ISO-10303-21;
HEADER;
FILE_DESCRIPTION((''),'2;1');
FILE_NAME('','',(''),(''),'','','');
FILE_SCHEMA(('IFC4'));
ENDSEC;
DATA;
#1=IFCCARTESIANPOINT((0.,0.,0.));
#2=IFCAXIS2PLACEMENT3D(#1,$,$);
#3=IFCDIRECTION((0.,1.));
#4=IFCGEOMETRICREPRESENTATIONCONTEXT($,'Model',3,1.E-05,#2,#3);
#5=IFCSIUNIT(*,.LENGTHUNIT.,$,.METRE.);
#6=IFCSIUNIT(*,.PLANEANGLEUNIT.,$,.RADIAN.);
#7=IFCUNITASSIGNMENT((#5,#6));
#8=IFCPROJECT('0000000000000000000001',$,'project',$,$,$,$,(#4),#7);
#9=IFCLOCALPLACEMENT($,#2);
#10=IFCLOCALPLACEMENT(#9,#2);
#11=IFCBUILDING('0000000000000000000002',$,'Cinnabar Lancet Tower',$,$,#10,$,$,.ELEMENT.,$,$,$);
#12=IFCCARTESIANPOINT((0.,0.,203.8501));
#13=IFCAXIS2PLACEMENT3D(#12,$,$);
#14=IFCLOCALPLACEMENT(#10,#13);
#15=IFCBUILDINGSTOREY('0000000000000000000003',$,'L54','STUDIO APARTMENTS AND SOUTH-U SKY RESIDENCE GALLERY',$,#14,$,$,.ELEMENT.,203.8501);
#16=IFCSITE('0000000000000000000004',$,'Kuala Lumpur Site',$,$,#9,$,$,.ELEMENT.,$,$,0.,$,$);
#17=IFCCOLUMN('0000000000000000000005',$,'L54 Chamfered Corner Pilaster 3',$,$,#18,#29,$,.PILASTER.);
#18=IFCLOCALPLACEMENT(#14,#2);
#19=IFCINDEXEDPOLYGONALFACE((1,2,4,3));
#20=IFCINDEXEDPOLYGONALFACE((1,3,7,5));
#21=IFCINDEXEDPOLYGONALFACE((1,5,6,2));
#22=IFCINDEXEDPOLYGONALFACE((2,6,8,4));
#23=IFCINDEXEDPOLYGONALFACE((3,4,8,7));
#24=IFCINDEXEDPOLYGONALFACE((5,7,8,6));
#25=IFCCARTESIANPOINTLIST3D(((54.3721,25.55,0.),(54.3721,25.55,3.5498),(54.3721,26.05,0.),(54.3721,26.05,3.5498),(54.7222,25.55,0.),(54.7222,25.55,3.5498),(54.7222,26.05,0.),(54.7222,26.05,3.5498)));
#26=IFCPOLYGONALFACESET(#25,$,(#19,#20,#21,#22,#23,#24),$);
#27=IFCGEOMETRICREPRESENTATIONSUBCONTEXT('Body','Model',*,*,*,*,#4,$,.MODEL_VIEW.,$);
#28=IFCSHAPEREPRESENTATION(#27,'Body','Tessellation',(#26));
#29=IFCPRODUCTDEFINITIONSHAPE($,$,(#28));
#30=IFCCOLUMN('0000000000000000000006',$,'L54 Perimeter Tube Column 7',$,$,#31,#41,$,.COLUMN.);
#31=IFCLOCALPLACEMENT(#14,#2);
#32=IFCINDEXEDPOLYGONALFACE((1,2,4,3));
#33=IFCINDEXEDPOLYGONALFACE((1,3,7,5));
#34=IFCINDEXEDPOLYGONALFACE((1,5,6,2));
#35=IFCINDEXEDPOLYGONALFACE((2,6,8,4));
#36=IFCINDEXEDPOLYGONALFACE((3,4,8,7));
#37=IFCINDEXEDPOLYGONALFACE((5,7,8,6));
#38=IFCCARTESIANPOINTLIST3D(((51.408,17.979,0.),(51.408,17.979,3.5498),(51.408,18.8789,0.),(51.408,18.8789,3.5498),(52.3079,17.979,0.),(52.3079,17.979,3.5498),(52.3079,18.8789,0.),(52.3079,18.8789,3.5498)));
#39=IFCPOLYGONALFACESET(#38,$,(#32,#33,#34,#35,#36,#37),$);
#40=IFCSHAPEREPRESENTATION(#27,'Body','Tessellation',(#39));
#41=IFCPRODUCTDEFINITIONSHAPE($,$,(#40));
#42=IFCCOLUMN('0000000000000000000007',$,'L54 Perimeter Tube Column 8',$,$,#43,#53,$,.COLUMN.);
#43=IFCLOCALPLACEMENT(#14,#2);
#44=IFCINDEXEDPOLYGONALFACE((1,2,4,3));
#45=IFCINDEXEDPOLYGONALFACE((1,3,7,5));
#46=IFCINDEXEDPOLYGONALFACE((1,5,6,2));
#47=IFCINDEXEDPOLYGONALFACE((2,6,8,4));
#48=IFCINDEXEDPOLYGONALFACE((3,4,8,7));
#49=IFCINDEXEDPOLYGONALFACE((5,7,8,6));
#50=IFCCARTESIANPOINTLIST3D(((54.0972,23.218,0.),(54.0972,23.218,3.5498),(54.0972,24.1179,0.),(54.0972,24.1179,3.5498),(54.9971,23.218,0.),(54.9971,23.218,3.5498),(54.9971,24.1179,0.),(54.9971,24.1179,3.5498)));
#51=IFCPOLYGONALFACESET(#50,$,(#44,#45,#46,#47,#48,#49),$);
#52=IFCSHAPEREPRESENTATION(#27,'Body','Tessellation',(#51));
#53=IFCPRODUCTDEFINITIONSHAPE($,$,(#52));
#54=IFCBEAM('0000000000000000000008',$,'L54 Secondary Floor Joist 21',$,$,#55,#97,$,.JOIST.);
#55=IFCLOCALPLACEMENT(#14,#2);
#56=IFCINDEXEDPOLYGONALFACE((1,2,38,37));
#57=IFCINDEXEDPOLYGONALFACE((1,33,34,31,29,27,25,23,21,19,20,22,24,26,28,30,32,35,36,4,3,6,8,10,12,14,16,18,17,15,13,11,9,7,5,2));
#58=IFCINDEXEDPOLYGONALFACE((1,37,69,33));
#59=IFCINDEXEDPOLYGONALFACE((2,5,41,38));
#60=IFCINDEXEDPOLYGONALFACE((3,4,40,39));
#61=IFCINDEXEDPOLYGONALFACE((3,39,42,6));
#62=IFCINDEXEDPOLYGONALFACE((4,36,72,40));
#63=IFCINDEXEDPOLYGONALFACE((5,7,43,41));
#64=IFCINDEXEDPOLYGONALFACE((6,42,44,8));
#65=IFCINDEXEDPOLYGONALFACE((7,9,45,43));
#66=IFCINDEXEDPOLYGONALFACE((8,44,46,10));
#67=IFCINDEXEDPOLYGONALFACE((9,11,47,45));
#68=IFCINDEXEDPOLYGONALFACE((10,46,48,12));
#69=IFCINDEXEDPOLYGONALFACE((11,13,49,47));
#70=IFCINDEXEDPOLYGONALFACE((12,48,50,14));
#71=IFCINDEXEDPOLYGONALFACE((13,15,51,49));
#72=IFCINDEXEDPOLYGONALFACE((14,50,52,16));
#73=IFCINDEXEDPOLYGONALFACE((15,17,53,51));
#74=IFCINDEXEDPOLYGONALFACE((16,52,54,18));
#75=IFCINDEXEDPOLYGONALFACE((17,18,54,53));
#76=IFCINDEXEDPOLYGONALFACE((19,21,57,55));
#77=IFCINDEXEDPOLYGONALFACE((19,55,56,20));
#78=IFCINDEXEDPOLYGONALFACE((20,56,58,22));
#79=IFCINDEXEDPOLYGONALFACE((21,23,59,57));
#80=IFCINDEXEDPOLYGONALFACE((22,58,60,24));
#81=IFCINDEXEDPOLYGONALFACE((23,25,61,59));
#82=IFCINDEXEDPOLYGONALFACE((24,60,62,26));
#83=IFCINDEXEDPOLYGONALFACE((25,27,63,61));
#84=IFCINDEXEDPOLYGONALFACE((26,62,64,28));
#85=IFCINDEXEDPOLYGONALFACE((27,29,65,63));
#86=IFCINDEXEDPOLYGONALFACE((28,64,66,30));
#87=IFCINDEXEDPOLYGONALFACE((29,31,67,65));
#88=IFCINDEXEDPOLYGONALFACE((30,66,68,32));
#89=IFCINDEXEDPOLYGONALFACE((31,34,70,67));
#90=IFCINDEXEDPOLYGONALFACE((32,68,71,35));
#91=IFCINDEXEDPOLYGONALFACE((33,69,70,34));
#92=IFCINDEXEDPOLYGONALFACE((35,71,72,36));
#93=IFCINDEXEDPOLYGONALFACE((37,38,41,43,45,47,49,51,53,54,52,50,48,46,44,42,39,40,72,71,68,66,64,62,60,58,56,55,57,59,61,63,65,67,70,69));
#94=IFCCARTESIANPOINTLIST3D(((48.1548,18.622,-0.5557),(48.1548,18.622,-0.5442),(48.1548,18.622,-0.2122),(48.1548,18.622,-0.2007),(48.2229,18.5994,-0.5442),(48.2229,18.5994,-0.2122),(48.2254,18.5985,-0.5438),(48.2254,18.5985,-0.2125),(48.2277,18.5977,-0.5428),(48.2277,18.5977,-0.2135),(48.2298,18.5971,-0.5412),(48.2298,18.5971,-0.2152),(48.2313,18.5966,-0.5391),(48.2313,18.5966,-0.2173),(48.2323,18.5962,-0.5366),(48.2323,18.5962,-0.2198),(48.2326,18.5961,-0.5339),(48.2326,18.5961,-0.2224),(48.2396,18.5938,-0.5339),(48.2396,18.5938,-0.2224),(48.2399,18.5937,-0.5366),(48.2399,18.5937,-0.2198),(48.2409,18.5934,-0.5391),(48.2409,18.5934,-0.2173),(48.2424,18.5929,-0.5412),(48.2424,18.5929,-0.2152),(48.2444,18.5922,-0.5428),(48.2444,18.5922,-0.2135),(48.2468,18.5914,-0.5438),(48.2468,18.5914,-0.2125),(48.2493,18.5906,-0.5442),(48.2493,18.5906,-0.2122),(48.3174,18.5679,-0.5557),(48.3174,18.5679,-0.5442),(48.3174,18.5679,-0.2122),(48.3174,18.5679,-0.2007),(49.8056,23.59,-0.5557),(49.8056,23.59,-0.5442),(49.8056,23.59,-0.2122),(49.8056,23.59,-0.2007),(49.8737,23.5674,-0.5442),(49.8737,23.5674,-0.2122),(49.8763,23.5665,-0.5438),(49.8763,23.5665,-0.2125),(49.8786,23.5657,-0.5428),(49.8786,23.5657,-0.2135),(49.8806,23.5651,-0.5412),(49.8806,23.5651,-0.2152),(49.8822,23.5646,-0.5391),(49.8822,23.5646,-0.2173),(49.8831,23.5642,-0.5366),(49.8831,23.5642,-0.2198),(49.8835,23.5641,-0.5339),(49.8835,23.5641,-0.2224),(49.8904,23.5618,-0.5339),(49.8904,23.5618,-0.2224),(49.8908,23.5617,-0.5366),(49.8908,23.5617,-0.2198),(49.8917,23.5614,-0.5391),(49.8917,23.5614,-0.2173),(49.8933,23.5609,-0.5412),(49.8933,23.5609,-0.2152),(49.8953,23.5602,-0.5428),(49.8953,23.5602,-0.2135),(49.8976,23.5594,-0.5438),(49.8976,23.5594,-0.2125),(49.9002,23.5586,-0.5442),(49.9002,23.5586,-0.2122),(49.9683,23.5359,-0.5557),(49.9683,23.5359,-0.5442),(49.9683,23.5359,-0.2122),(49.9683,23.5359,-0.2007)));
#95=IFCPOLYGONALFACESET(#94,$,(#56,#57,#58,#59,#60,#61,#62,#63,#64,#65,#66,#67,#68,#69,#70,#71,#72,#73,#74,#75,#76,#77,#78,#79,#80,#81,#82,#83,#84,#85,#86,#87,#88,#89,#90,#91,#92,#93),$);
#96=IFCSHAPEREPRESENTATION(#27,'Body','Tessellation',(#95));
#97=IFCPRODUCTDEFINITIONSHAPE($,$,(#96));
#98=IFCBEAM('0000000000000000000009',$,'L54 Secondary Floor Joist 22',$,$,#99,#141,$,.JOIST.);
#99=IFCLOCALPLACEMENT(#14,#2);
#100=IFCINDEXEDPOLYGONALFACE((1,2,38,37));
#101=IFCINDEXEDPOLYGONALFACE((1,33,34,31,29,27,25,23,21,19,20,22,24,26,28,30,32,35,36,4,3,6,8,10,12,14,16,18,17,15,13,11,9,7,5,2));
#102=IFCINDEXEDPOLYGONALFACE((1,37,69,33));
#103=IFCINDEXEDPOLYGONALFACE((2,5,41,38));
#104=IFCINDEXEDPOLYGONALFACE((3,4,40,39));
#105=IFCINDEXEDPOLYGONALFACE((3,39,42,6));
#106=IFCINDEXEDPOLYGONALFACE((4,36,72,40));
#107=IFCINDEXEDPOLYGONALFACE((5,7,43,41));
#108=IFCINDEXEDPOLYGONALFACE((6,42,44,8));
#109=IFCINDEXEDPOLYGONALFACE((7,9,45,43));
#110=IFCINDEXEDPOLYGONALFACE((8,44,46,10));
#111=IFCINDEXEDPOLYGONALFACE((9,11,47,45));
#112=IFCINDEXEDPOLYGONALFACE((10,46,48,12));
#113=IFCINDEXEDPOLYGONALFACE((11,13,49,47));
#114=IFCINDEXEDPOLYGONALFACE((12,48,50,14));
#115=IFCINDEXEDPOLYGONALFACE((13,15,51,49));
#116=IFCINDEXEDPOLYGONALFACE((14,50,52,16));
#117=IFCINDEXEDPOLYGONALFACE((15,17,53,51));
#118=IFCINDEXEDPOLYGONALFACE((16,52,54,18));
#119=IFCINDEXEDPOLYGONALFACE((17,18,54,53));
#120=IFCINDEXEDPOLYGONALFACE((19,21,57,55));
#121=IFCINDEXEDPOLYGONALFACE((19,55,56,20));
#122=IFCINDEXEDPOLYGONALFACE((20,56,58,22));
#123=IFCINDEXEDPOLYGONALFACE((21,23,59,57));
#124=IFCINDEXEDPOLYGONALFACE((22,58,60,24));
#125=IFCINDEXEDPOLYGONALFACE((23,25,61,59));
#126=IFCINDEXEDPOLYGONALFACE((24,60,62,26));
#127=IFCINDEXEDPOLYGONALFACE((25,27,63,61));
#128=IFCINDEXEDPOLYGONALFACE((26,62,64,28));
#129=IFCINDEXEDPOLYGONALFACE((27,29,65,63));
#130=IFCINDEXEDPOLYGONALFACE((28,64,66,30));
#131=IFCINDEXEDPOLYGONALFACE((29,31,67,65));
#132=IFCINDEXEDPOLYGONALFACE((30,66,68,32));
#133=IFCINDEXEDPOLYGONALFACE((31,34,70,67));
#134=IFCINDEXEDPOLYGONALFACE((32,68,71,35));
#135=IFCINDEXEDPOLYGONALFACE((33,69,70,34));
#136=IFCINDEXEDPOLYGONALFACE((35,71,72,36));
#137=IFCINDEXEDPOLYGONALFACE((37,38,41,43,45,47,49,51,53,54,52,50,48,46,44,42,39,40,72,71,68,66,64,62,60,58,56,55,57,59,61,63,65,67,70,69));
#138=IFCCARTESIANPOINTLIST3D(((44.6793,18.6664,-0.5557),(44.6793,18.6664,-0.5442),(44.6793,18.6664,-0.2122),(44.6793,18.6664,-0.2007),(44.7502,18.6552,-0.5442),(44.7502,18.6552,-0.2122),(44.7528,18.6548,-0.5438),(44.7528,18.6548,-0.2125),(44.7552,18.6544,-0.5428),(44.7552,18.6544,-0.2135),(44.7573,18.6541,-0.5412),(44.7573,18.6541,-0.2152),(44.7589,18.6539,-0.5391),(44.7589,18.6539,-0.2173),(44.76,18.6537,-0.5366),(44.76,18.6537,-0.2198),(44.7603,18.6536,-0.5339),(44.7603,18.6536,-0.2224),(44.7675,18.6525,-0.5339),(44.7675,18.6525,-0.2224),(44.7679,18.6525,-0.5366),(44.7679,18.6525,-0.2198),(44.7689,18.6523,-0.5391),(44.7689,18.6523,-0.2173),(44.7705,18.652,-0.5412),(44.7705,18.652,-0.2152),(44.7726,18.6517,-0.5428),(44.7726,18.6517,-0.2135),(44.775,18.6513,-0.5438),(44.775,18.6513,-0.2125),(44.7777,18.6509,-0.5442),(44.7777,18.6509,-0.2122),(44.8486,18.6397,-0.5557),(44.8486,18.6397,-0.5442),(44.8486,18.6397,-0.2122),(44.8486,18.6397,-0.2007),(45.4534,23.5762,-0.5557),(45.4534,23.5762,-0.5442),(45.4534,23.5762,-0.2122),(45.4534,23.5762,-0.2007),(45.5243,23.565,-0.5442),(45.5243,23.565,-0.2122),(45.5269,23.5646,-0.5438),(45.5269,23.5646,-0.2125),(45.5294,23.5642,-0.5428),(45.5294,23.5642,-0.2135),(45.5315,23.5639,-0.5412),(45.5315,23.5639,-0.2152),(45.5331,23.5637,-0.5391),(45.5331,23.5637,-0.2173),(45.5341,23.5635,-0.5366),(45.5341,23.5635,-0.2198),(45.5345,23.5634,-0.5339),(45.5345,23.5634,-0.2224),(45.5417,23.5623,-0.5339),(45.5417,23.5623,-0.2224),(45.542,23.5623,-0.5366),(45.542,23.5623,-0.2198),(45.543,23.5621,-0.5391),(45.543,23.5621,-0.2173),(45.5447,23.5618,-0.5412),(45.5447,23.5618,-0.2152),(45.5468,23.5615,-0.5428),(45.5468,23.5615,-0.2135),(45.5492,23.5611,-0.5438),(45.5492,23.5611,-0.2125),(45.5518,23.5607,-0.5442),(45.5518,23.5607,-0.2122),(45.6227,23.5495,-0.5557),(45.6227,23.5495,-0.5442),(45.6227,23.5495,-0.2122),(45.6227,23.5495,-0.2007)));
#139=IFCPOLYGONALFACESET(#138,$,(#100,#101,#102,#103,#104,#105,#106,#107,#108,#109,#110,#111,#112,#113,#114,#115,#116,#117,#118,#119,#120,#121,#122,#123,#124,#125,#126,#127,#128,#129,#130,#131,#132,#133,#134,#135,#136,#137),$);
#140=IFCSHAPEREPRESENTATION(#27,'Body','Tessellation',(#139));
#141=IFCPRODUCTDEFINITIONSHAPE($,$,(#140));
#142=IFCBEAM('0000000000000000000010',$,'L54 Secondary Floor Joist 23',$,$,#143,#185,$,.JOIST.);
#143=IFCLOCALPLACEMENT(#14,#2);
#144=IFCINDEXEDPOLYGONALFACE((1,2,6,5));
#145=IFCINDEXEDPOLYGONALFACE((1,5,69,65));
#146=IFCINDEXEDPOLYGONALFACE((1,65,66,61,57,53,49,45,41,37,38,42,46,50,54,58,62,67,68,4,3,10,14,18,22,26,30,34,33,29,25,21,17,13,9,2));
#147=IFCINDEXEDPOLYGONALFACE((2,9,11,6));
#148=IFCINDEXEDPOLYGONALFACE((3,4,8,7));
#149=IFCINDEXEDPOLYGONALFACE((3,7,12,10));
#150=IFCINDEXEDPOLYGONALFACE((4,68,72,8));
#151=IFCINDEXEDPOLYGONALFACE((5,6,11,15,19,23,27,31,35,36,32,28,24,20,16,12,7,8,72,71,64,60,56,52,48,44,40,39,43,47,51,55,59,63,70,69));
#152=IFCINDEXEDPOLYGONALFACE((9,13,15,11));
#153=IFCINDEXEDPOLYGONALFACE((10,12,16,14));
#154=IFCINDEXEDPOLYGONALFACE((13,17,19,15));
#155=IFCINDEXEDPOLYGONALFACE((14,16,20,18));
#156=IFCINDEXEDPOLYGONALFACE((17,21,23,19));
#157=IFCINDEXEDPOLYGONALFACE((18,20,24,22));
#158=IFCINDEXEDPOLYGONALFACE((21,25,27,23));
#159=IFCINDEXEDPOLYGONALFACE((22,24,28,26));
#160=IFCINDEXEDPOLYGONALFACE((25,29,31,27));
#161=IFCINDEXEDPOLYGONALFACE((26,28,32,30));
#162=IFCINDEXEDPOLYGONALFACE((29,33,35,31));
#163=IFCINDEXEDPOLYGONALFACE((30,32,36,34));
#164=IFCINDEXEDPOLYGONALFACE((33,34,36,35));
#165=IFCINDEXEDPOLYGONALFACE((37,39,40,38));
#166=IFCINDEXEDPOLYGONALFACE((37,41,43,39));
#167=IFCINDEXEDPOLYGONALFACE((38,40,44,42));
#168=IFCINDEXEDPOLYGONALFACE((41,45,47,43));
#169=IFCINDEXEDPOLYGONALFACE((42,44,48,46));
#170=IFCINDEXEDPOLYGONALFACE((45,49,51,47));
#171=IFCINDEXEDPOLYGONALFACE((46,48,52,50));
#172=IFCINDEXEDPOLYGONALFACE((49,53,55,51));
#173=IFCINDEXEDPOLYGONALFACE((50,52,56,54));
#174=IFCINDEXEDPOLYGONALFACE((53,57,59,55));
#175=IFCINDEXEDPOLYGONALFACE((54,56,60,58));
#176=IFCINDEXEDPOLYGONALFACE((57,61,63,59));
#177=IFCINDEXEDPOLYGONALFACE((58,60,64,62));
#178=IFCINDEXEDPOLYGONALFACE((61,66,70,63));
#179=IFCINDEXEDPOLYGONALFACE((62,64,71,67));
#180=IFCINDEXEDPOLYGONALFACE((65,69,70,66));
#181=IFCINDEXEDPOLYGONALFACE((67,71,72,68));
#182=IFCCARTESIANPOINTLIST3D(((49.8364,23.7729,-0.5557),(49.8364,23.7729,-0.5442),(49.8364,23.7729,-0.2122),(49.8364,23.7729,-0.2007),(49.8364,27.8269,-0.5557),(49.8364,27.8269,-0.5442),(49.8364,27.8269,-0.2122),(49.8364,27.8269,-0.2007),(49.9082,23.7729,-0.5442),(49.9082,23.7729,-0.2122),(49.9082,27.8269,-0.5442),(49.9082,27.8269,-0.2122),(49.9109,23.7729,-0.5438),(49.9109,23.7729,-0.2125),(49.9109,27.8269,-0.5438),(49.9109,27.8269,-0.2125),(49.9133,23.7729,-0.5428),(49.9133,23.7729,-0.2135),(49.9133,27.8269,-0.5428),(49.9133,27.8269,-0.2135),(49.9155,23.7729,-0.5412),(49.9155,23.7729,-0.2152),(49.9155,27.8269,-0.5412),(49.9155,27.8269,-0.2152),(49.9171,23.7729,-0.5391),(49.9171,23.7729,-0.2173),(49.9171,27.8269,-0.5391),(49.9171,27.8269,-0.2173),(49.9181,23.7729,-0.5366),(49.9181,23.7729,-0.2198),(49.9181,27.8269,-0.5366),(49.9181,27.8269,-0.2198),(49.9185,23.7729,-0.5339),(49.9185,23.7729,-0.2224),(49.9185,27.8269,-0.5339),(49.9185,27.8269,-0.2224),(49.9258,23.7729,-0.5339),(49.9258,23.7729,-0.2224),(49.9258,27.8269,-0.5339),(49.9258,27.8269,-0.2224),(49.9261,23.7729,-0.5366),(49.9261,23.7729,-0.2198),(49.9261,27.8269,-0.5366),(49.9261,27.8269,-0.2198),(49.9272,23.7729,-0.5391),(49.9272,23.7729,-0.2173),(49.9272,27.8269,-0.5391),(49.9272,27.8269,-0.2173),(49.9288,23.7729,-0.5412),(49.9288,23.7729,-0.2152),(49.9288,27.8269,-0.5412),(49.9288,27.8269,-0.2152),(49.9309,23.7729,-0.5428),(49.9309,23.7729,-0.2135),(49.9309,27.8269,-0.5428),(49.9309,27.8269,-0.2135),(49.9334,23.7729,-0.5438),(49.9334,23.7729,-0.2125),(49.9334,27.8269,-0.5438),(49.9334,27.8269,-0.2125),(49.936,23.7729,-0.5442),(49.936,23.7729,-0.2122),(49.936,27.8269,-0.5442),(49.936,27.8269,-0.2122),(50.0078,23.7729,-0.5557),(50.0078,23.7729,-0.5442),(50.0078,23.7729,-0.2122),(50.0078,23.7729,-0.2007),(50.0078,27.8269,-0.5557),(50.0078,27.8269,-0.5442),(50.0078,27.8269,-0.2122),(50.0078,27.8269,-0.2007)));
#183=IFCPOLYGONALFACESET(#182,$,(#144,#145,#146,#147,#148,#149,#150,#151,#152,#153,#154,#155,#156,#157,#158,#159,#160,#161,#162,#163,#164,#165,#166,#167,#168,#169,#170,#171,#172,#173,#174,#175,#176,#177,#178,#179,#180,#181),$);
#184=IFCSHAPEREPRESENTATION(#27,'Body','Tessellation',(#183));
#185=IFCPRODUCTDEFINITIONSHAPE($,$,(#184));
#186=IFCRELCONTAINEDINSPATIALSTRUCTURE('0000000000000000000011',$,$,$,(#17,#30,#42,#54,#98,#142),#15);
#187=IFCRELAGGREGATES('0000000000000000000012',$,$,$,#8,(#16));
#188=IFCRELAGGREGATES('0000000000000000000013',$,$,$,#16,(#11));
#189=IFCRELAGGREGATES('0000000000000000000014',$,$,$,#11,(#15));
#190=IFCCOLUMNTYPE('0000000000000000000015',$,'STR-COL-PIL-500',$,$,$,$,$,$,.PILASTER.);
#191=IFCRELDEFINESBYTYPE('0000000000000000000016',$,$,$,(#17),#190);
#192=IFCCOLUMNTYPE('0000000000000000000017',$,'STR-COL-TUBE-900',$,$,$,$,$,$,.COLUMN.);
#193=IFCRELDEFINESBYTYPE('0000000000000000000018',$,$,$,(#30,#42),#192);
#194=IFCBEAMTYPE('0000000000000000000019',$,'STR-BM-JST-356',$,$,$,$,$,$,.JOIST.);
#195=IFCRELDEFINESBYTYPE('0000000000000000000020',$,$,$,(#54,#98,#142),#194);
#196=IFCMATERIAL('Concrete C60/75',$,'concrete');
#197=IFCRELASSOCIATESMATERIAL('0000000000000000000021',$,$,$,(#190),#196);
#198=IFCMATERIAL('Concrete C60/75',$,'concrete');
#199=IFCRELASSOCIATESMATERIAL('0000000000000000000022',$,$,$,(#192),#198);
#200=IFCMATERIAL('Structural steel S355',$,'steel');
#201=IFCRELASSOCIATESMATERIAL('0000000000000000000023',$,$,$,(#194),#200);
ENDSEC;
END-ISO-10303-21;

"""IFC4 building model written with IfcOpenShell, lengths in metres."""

from ifc_helpers import new_model, si_unit, direction, frame, origin, origin_2d, place, context, subcontext, project, spatial, rectangle, i_section, extrude, material, material_profile, profile_set, type_object, element, save


model = new_model("IFC4")

# Units and contexts
model_context = context("Model", 3, precision=1e-05, world=origin(), true_north=direction((0.0, 1.0)))
body_context = subcontext(model_context, "Body", "Model", "MODEL_VIEW")
ifc_project = project(units=[si_unit("LENGTHUNIT", "METRE"), si_unit("PLANEANGLEUNIT", "RADIAN")], contexts=[model_context])

# Site, building, storey
site_placement = place(None, origin())
site = spatial("IfcSite", under=ifc_project, at=site_placement, Name="Kuala Lumpur Site", CompositionType="ELEMENT", RefElevation=0.0)
building_placement = place(site_placement, origin())
building = spatial("IfcBuilding", under=site, at=building_placement, Name="Cinnabar Lancet Tower", CompositionType="ELEMENT")
storey_placement = place(building_placement, frame((0.0, 0.0, 203.8501)))
storey = spatial("IfcBuildingStorey", under=building, at=storey_placement, Name="L54", Description="STUDIO APARTMENTS AND SOUTH-U SKY RESIDENCE GALLERY", CompositionType="ELEMENT", Elevation=203.8501)

# Columns
ifc_material_1 = material(Name="Concrete C60/75", Category="concrete")
ifc_material_profile_1 = material_profile(ifc_material_1, rectangle(XDim=0.5, YDim=0.3501, at=origin_2d()), Name="RC-PIL 500x350")
ifc_profile_set_1 = profile_set([ifc_material_profile_1], Name="Concrete C60/75")
column_type_1 = type_object("IfcColumnType", Name="STR-COL-PIL-500", PredefinedType="PILASTER", material=ifc_profile_set_1)
column_placement = place(storey_placement, frame((54.5471, 25.8, 0.0), z_axis=(0.0, 0.0, 1.0), x_axis=(0.0, 1.0, 0.0)))
element("IfcColumn", 1, at=column_placement, inside=storey, type_object=column_type_1, Name="L54 Chamfered Corner Pilaster 3", PredefinedType="PILASTER", context=body_context, shape_type="SweptSolid", body=[
    extrude(rectangle(XDim=0.5, YDim=0.3501, at=origin_2d()), origin(), (0.0, 0.0, 1.0), 3.5498),
])
ifc_material_2 = material(Name="Concrete C60/75", Category="concrete")
ifc_material_profile_2 = material_profile(ifc_material_2, rectangle(XDim=0.8999, YDim=0.8999, at=origin_2d()), Name="RC-COL 900x900")
ifc_profile_set_2 = profile_set([ifc_material_profile_2], Name="Concrete C60/75")
column_type_2 = type_object("IfcColumnType", Name="STR-COL-TUBE-900", PredefinedType="COLUMN", material=ifc_profile_set_2)
for number, where, z_axis, x_axis, name in (
    (2, (51.8579, 18.429, 0.0), (0.0, 0.0, 1.0), (1.0, 0.0, 0.0), "L54 Perimeter Tube Column 7"),
    (3, (54.5471, 23.668, 0.0), (0.0, 0.0, 1.0), (1.0, 0.0, 0.0), "L54 Perimeter Tube Column 8"),
):
    element("IfcColumn", number, at=place(storey_placement, frame(where, z_axis=z_axis, x_axis=x_axis)), inside=storey, type_object=column_type_2, Name=name, PredefinedType="COLUMN", context=body_context, shape_type="SweptSolid", body=[
        extrude(rectangle(XDim=0.8999, YDim=0.8999, at=origin_2d()), origin(), (0.0, 0.0, 1.0), 3.5498),
    ])

# Beams
ifc_material_3 = material(Name="Structural steel S355", Category="steel")
ifc_material_profile_3 = material_profile(ifc_material_3, i_section(OverallWidth=0.1714, OverallDepth=0.355, WebThickness=0.0073, FlangeThickness=0.0115, FilletRadius=0.0103, at=origin_2d()), Name="UKB 356x171x51")
ifc_profile_set_3 = profile_set([ifc_material_profile_3], Name="Structural steel S355")
beam_type_1 = type_object("IfcBeamType", Name="STR-BM-JST-356", PredefinedType="JOIST", material=ifc_profile_set_3)
beam_1_placement = place(storey_placement, frame((48.2361, 18.595, -0.3782), z_axis=(0.315346, 0.948977, 0.0), x_axis=(-0.948977, 0.315346, 0.0)))
element("IfcBeam", 4, at=beam_1_placement, inside=storey, type_object=beam_type_1, Name="L54 Secondary Floor Joist 21", PredefinedType="JOIST", context=body_context, shape_type="SweptSolid", body=[
    extrude(i_section(OverallWidth=0.1714, OverallDepth=0.355, WebThickness=0.0073, FlangeThickness=0.0115, FilletRadius=0.0103, at=origin_2d()), origin(), (0.0, 0.0, 1.0), 5.2351),
])
beam_2_placement = place(storey_placement, frame((44.7639, 18.6531, -0.3782), z_axis=(0.155751, 0.987796, 0.0), x_axis=(-0.987796, 0.155751, 0.0)))
element("IfcBeam", 5, at=beam_2_placement, inside=storey, type_object=beam_type_1, Name="L54 Secondary Floor Joist 22", PredefinedType="JOIST", context=body_context, shape_type="SweptSolid", body=[
    extrude(i_section(OverallWidth=0.1714, OverallDepth=0.355, WebThickness=0.0073, FlangeThickness=0.0115, FilletRadius=0.0103, at=origin_2d()), origin(), (0.0, 0.0, 1.0), 4.9705),
])
for number, where, z_axis, x_axis, name in (
    (6, (49.9221, 23.7729, -0.3782), (0.0, 1.0, 0.0), (-1.0, 0.0, 0.0), "L54 Secondary Floor Joist 23"),
):
    element("IfcBeam", number, at=place(storey_placement, frame(where, z_axis=z_axis, x_axis=x_axis)), inside=storey, type_object=beam_type_1, Name=name, PredefinedType="JOIST", context=body_context, shape_type="SweptSolid", body=[
        extrude(i_section(OverallWidth=0.1714, OverallDepth=0.355, WebThickness=0.0073, FlangeThickness=0.0115, FilletRadius=0.0103, at=origin_2d()), origin(), (0.0, 0.0, 1.0), 4.054),
    ])

save(model, "model.ifc")
